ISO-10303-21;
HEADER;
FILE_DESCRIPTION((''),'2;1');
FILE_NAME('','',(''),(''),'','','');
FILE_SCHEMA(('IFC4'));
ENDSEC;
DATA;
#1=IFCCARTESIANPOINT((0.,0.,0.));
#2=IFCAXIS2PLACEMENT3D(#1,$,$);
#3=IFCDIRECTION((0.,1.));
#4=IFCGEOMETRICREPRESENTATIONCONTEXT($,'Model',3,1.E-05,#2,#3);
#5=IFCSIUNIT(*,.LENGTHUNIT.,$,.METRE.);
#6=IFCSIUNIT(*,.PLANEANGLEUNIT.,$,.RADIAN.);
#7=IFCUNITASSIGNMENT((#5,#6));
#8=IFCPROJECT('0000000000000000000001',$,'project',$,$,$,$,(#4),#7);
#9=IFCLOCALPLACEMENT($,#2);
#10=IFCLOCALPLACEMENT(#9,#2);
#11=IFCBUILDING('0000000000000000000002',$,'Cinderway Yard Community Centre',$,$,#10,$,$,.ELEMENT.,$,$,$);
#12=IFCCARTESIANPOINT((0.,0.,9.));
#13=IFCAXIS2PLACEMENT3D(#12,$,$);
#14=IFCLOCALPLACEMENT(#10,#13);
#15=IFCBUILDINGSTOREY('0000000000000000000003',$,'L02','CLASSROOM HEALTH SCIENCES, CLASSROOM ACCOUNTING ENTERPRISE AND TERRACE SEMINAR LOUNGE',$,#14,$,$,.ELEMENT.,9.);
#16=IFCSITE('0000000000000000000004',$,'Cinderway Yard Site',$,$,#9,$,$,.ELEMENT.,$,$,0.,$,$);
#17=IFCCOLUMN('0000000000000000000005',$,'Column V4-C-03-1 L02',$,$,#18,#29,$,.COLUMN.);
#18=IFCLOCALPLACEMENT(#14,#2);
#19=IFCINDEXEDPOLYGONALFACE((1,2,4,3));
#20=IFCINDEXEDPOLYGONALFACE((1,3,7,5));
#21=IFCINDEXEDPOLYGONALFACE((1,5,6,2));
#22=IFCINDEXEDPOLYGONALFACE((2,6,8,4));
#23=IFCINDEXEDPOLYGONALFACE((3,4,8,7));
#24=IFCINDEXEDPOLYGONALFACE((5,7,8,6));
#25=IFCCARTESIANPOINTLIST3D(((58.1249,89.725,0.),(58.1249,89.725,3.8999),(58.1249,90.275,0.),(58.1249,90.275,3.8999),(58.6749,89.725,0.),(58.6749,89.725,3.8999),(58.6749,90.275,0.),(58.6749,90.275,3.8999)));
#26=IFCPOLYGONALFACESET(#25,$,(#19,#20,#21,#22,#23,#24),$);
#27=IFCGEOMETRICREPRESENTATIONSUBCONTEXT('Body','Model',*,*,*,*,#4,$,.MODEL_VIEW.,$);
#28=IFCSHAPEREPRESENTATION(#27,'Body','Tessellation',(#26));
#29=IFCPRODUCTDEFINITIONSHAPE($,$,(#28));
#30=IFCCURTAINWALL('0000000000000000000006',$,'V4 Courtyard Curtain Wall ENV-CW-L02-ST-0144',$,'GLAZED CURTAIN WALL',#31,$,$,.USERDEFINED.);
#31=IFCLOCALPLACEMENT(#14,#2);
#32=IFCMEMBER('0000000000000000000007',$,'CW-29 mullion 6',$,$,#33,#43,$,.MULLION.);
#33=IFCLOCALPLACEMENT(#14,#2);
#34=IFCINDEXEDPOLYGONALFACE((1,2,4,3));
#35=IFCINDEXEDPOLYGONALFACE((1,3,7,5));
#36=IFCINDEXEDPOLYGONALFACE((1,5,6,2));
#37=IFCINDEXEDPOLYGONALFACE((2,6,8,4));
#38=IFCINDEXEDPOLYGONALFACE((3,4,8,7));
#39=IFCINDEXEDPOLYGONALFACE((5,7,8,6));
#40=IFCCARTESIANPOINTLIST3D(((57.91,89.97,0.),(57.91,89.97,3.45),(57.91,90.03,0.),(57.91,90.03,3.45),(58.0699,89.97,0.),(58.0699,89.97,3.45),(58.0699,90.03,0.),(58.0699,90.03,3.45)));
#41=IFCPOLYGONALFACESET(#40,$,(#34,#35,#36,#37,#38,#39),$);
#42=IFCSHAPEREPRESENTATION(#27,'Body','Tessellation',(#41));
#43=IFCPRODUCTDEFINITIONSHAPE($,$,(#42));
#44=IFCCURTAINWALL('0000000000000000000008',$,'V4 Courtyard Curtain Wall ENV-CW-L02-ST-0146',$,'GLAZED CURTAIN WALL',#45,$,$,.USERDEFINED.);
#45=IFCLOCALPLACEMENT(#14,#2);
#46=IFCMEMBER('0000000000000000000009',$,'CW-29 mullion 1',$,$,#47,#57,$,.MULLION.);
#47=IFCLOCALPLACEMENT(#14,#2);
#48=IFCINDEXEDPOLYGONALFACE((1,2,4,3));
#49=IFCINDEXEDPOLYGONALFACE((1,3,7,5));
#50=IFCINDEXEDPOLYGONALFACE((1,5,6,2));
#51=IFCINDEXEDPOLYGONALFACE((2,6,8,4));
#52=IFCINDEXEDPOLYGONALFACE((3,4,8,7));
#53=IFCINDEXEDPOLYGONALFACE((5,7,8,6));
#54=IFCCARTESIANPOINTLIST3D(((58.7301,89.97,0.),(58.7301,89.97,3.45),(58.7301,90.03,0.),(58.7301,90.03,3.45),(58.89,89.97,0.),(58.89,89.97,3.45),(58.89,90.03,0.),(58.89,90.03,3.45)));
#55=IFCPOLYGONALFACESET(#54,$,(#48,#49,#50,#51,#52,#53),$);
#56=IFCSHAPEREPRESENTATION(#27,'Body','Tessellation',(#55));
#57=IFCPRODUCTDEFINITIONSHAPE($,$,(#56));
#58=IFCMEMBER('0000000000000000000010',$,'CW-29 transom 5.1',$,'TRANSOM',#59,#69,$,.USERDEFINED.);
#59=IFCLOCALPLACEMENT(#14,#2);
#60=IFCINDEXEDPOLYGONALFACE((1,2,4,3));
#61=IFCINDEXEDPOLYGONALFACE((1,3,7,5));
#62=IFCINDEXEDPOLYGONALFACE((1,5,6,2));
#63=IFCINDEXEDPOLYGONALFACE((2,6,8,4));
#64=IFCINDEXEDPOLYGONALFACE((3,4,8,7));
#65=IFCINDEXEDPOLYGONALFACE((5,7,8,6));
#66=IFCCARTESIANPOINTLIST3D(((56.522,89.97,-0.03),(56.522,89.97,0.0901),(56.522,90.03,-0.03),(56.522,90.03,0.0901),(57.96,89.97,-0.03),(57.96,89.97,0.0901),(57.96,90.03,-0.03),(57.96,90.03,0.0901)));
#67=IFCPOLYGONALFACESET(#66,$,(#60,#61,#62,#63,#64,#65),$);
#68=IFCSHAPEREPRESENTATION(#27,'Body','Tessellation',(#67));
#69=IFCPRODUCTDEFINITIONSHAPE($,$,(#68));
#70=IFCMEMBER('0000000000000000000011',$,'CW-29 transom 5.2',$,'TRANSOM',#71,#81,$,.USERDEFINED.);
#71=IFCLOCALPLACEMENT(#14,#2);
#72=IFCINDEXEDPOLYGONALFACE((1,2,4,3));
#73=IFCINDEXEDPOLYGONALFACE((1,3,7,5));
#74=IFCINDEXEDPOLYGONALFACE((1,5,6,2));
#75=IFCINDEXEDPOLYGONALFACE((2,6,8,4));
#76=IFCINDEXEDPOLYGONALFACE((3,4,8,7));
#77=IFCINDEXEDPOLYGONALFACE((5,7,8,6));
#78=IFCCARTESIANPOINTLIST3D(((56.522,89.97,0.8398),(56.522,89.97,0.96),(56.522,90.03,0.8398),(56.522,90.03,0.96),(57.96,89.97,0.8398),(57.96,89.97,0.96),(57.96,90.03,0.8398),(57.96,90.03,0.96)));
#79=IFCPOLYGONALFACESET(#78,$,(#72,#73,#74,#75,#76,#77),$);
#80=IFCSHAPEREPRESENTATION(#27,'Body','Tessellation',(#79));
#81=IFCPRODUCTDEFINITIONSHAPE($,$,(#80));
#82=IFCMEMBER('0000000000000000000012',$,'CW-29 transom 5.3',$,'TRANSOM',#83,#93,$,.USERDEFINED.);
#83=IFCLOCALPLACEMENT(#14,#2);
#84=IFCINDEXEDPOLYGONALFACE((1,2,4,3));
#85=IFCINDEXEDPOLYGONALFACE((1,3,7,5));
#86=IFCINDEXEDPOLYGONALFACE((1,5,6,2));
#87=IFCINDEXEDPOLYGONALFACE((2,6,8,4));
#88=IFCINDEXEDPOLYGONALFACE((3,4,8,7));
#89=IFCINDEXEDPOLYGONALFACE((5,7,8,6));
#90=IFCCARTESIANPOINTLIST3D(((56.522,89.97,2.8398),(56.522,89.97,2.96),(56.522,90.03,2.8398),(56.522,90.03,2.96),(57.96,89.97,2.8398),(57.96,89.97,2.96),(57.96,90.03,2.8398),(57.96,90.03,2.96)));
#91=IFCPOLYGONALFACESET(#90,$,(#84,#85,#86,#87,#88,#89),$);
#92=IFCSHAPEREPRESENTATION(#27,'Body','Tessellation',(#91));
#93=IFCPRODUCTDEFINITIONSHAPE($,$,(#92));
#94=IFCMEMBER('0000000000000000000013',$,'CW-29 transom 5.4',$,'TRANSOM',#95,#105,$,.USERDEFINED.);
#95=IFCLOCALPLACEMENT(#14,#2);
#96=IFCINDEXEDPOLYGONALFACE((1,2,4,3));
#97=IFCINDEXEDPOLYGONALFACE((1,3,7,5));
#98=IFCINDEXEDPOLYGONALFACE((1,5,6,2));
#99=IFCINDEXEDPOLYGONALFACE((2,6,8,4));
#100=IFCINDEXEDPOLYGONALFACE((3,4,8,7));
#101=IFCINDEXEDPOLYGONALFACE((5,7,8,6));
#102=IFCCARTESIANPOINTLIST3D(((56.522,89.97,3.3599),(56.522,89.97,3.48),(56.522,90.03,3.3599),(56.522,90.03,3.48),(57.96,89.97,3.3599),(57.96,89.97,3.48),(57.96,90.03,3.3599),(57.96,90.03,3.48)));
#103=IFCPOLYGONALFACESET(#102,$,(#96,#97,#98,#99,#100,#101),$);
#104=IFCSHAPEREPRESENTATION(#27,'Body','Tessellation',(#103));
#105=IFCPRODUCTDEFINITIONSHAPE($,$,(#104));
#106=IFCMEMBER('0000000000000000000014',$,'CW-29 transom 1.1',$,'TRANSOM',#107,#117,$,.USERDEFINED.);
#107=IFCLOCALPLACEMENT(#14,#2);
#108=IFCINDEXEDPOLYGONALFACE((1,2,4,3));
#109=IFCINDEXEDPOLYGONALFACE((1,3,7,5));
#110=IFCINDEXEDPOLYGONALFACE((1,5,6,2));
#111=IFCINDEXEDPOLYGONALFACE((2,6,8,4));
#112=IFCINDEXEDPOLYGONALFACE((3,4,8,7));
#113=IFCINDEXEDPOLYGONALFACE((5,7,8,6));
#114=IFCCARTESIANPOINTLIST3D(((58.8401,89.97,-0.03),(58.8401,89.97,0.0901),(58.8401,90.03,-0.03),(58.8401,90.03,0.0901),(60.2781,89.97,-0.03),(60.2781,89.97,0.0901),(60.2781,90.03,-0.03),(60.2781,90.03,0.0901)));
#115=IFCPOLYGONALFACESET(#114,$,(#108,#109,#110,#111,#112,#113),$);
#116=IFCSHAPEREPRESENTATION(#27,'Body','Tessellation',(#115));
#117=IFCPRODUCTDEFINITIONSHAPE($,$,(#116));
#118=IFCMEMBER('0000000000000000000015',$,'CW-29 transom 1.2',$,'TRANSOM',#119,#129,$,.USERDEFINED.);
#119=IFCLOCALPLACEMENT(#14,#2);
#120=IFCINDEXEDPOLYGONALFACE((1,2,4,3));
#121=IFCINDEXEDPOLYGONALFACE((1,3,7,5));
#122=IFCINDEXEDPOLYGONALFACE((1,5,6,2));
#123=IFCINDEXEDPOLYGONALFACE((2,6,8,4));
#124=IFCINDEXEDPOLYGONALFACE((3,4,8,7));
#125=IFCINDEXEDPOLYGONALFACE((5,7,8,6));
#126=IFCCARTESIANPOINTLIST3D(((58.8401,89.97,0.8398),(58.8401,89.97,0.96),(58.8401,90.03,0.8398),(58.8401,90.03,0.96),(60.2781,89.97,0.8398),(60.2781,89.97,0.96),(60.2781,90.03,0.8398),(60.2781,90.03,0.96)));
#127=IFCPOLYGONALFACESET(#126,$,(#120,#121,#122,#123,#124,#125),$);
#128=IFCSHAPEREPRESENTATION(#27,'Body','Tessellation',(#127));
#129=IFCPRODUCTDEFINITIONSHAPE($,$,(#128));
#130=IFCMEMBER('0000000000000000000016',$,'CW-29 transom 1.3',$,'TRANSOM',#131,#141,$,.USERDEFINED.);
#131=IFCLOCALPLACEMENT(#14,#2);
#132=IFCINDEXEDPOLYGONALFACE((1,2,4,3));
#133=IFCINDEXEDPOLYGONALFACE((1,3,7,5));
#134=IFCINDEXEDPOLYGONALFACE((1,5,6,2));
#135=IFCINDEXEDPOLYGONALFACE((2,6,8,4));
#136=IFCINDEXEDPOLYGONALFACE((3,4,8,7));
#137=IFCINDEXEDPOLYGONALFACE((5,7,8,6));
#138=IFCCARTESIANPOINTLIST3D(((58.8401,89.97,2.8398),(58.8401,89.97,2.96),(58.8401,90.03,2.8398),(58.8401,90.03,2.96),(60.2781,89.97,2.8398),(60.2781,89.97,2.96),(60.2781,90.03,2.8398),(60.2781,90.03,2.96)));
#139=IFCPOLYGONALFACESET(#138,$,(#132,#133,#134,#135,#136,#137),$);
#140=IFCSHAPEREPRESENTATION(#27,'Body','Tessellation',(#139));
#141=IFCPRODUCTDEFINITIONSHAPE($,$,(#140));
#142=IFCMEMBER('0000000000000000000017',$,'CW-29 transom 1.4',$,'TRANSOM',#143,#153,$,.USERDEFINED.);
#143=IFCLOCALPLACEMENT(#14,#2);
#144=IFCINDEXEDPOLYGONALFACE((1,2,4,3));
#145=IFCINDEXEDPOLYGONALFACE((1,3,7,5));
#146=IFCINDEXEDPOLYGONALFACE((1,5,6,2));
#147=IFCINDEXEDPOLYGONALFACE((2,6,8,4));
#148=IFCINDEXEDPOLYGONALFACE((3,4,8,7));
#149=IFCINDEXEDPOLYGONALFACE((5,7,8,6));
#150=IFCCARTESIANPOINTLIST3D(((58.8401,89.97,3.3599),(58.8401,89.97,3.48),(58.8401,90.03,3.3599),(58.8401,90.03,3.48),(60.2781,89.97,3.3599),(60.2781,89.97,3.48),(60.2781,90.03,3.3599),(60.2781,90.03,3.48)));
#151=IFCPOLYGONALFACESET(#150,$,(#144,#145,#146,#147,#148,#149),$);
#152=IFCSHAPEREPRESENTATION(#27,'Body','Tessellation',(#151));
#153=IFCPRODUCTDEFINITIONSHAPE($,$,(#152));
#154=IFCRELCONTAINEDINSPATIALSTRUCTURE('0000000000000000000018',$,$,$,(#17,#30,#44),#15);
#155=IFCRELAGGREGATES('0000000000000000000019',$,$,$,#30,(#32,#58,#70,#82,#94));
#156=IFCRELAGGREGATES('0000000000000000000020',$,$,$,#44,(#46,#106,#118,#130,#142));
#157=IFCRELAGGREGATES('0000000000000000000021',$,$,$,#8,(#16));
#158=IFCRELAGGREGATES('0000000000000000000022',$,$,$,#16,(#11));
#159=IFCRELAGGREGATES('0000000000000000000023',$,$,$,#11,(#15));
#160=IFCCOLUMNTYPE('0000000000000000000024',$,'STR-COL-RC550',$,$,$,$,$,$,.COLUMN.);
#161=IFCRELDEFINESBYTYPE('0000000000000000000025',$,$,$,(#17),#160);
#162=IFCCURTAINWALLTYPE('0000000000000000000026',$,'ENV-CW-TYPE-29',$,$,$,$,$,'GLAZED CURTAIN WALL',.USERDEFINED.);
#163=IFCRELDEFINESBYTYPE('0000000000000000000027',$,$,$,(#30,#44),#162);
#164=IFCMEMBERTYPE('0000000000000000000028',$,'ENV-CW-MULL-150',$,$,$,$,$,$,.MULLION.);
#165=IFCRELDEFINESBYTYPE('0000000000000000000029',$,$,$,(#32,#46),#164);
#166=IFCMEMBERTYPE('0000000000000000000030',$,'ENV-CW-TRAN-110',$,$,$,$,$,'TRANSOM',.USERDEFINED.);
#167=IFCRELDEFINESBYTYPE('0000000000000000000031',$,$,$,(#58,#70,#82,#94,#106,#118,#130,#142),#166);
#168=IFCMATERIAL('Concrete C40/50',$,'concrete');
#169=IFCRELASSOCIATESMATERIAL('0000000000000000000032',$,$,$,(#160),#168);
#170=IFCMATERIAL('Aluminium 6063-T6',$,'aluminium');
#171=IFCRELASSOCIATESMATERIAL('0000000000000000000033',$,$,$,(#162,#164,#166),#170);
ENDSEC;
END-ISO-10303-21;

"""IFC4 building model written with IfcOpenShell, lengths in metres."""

from ifc_helpers import new_model, si_unit, direction, frame, origin, origin_2d, place, context, subcontext, project, spatial, rectangle, extrude, material, material_profile, profile_set, type_object, element, aggregate, save


model = new_model("IFC4")

# Units and contexts
model_context = context("Model", 3, precision=1e-05, world=origin(), true_north=direction((0.0, 1.0)))
body_context = subcontext(model_context, "Body", "Model", "MODEL_VIEW")
ifc_project = project(units=[si_unit("LENGTHUNIT", "METRE"), si_unit("PLANEANGLEUNIT", "RADIAN")], contexts=[model_context])

# Site, building, storey
site_placement = place(None, origin())
site = spatial("IfcSite", under=ifc_project, at=site_placement, Name="Cinderway Yard Site", CompositionType="ELEMENT", RefElevation=0.0)
building_placement = place(site_placement, origin())
building = spatial("IfcBuilding", under=site, at=building_placement, Name="Cinderway Yard Community Centre", CompositionType="ELEMENT")
storey_placement = place(building_placement, frame((0.0, 0.0, 9.0)))
storey = spatial("IfcBuildingStorey", under=building, at=storey_placement, Name="L02", Description="CLASSROOM HEALTH SCIENCES, CLASSROOM ACCOUNTING ENTERPRISE AND TERRACE SEMINAR LOUNGE", CompositionType="ELEMENT", Elevation=9.0)

# Column
ifc_material_1 = material(Name="Concrete C40/50", Category="concrete")
ifc_material_profile_1 = material_profile(ifc_material_1, rectangle(XDim=0.55, YDim=0.55, at=origin_2d()), Name="Concrete C40/50")
ifc_profile_set_1 = profile_set([ifc_material_profile_1], Name="Concrete C40/50")
column_type = type_object("IfcColumnType", Name="STR-COL-RC550", PredefinedType="COLUMN", material=ifc_profile_set_1)
column_placement = place(storey_placement, frame((58.3999, 90.0, 0.0), z_axis=(0.0, 0.0, 1.0), x_axis=(1.0, 0.0, 0.0)))
element("IfcColumn", 1, at=column_placement, inside=storey, type_object=column_type, Name="Column V4-C-03-1 L02", PredefinedType="COLUMN", context=body_context, shape_type="SweptSolid", body=[
    extrude(rectangle(XDim=0.55, YDim=0.55, at=origin_2d()), origin(), (0.0, 0.0, 1.0), 3.8999),
])

# Curtain walls, members
ifc_material_2 = material(Name="Aluminium 6063-T6", Category="aluminium")
curtain_wall_type = type_object("IfcCurtainWallType", Name="ENV-CW-TYPE-29", ElementType="GLAZED CURTAIN WALL", PredefinedType="USERDEFINED", material=ifc_material_2)
curtain_wall_1_placement = place(storey_placement, origin())
curtain_wall_1 = element("IfcCurtainWall", 2, at=curtain_wall_1_placement, inside=storey, type_object=curtain_wall_type, Name="V4 Courtyard Curtain Wall ENV-CW-L02-ST-0144", ObjectType="GLAZED CURTAIN WALL", PredefinedType="USERDEFINED")
ifc_material_profile_2 = material_profile(ifc_material_2, rectangle(XDim=0.0601, YDim=0.1599, at=origin_2d()), Name="Aluminium 6063-T6")
ifc_profile_set_2 = profile_set([ifc_material_profile_2], Name="Aluminium 6063-T6")
member_type_1 = type_object("IfcMemberType", Name="ENV-CW-MULL-150", PredefinedType="MULLION", material=ifc_profile_set_2)
member_1_placement = place(storey_placement, frame((57.99, 90.0, 0.0), z_axis=(0.0, 0.0, 1.0), x_axis=(0.0, 1.0, 0.0)))
member_1 = element("IfcMember", 3, at=member_1_placement, type_object=member_type_1, Name="CW-29 mullion 6", PredefinedType="MULLION", context=body_context, shape_type="SweptSolid", body=[
    extrude(rectangle(XDim=0.0601, YDim=0.1599, at=origin_2d()), origin(), (0.0, 0.0, 1.0), 3.45),
])
curtain_wall_2_placement = place(storey_placement, origin())
curtain_wall_2 = element("IfcCurtainWall", 4, at=curtain_wall_2_placement, inside=storey, type_object=curtain_wall_type, Name="V4 Courtyard Curtain Wall ENV-CW-L02-ST-0146", ObjectType="GLAZED CURTAIN WALL", PredefinedType="USERDEFINED")
member_2_placement = place(storey_placement, frame((58.8101, 90.0, 0.0), z_axis=(0.0, 0.0, 1.0), x_axis=(0.0, 1.0, 0.0)))
member_2 = element("IfcMember", 5, at=member_2_placement, type_object=member_type_1, Name="CW-29 mullion 1", PredefinedType="MULLION", context=body_context, shape_type="SweptSolid", body=[
    extrude(rectangle(XDim=0.0601, YDim=0.1599, at=origin_2d()), origin(), (0.0, 0.0, 1.0), 3.45),
])

# Members
ifc_material_profile_3 = material_profile(ifc_material_2, rectangle(XDim=0.0601, YDim=0.1201, at=origin_2d()), Name="Aluminium 6063-T6")
ifc_profile_set_3 = profile_set([ifc_material_profile_3], Name="Aluminium 6063-T6")
member_type_2 = type_object("IfcMemberType", Name="ENV-CW-TRAN-110", ElementType="TRANSOM", PredefinedType="USERDEFINED", material=ifc_profile_set_3)
member_3_placement = place(storey_placement, frame((56.522, 90.0, 0.03), z_axis=(1.0, 0.0, 0.0), x_axis=(0.0, 1.0, 0.0)))
member_3 = element("IfcMember", 6, at=member_3_placement, type_object=member_type_2, Name="CW-29 transom 5.1", ObjectType="TRANSOM", PredefinedType="USERDEFINED", context=body_context, shape_type="SweptSolid", body=[
    extrude(rectangle(XDim=0.0601, YDim=0.1201, at=origin_2d()), origin(), (0.0, 0.0, 1.0), 1.438),
])
member_4_placement = place(storey_placement, frame((56.522, 90.0, 0.8999), z_axis=(1.0, 0.0, 0.0), x_axis=(0.0, 1.0, 0.0)))
member_4 = element("IfcMember", 7, at=member_4_placement, type_object=member_type_2, Name="CW-29 transom 5.2", ObjectType="TRANSOM", PredefinedType="USERDEFINED", context=body_context, shape_type="SweptSolid", body=[
    extrude(rectangle(XDim=0.0601, YDim=0.1201, at=origin_2d()), origin(), (0.0, 0.0, 1.0), 1.438),
])
member_5_placement = place(storey_placement, frame((56.522, 90.0, 2.8999), z_axis=(1.0, 0.0, 0.0), x_axis=(0.0, 1.0, 0.0)))
member_5 = element("IfcMember", 8, at=member_5_placement, type_object=member_type_2, Name="CW-29 transom 5.3", ObjectType="TRANSOM", PredefinedType="USERDEFINED", context=body_context, shape_type="SweptSolid", body=[
    extrude(rectangle(XDim=0.0601, YDim=0.1201, at=origin_2d()), origin(), (0.0, 0.0, 1.0), 1.438),
])
member_6_placement = place(storey_placement, frame((56.522, 90.0, 3.4199), z_axis=(1.0, 0.0, 0.0), x_axis=(0.0, 1.0, 0.0)))
member_6 = element("IfcMember", 9, at=member_6_placement, type_object=member_type_2, Name="CW-29 transom 5.4", ObjectType="TRANSOM", PredefinedType="USERDEFINED", context=body_context, shape_type="SweptSolid", body=[
    extrude(rectangle(XDim=0.0601, YDim=0.1201, at=origin_2d()), origin(), (0.0, 0.0, 1.0), 1.438),
])
member_7_placement = place(storey_placement, frame((58.8401, 90.0, 0.03), z_axis=(1.0, 0.0, 0.0), x_axis=(0.0, 1.0, 0.0)))
member_7 = element("IfcMember", 10, at=member_7_placement, type_object=member_type_2, Name="CW-29 transom 1.1", ObjectType="TRANSOM", PredefinedType="USERDEFINED", context=body_context, shape_type="SweptSolid", body=[
    extrude(rectangle(XDim=0.0601, YDim=0.1201, at=origin_2d()), origin(), (0.0, 0.0, 1.0), 1.438),
])
member_8_placement = place(storey_placement, frame((58.8401, 90.0, 0.8999), z_axis=(1.0, 0.0, 0.0), x_axis=(0.0, 1.0, 0.0)))
member_8 = element("IfcMember", 11, at=member_8_placement, type_object=member_type_2, Name="CW-29 transom 1.2", ObjectType="TRANSOM", PredefinedType="USERDEFINED", context=body_context, shape_type="SweptSolid", body=[
    extrude(rectangle(XDim=0.0601, YDim=0.1201, at=origin_2d()), origin(), (0.0, 0.0, 1.0), 1.438),
])
member_9_placement = place(storey_placement, frame((58.8401, 90.0, 2.8999), z_axis=(1.0, 0.0, 0.0), x_axis=(0.0, 1.0, 0.0)))
member_9 = element("IfcMember", 12, at=member_9_placement, type_object=member_type_2, Name="CW-29 transom 1.3", ObjectType="TRANSOM", PredefinedType="USERDEFINED", context=body_context, shape_type="SweptSolid", body=[
    extrude(rectangle(XDim=0.0601, YDim=0.1201, at=origin_2d()), origin(), (0.0, 0.0, 1.0), 1.438),
])
member_10_placement = place(storey_placement, frame((58.8401, 90.0, 3.4199), z_axis=(1.0, 0.0, 0.0), x_axis=(0.0, 1.0, 0.0)))
member_10 = element("IfcMember", 13, at=member_10_placement, type_object=member_type_2, Name="CW-29 transom 1.4", ObjectType="TRANSOM", PredefinedType="USERDEFINED", context=body_context, shape_type="SweptSolid", body=[
    extrude(rectangle(XDim=0.0601, YDim=0.1201, at=origin_2d()), origin(), (0.0, 0.0, 1.0), 1.438),
])

aggregate(curtain_wall_1, [member_1, member_3, member_4, member_5, member_6])
aggregate(curtain_wall_2, [member_2, member_7, member_8, member_9, member_10])

save(model, "model.ifc")
